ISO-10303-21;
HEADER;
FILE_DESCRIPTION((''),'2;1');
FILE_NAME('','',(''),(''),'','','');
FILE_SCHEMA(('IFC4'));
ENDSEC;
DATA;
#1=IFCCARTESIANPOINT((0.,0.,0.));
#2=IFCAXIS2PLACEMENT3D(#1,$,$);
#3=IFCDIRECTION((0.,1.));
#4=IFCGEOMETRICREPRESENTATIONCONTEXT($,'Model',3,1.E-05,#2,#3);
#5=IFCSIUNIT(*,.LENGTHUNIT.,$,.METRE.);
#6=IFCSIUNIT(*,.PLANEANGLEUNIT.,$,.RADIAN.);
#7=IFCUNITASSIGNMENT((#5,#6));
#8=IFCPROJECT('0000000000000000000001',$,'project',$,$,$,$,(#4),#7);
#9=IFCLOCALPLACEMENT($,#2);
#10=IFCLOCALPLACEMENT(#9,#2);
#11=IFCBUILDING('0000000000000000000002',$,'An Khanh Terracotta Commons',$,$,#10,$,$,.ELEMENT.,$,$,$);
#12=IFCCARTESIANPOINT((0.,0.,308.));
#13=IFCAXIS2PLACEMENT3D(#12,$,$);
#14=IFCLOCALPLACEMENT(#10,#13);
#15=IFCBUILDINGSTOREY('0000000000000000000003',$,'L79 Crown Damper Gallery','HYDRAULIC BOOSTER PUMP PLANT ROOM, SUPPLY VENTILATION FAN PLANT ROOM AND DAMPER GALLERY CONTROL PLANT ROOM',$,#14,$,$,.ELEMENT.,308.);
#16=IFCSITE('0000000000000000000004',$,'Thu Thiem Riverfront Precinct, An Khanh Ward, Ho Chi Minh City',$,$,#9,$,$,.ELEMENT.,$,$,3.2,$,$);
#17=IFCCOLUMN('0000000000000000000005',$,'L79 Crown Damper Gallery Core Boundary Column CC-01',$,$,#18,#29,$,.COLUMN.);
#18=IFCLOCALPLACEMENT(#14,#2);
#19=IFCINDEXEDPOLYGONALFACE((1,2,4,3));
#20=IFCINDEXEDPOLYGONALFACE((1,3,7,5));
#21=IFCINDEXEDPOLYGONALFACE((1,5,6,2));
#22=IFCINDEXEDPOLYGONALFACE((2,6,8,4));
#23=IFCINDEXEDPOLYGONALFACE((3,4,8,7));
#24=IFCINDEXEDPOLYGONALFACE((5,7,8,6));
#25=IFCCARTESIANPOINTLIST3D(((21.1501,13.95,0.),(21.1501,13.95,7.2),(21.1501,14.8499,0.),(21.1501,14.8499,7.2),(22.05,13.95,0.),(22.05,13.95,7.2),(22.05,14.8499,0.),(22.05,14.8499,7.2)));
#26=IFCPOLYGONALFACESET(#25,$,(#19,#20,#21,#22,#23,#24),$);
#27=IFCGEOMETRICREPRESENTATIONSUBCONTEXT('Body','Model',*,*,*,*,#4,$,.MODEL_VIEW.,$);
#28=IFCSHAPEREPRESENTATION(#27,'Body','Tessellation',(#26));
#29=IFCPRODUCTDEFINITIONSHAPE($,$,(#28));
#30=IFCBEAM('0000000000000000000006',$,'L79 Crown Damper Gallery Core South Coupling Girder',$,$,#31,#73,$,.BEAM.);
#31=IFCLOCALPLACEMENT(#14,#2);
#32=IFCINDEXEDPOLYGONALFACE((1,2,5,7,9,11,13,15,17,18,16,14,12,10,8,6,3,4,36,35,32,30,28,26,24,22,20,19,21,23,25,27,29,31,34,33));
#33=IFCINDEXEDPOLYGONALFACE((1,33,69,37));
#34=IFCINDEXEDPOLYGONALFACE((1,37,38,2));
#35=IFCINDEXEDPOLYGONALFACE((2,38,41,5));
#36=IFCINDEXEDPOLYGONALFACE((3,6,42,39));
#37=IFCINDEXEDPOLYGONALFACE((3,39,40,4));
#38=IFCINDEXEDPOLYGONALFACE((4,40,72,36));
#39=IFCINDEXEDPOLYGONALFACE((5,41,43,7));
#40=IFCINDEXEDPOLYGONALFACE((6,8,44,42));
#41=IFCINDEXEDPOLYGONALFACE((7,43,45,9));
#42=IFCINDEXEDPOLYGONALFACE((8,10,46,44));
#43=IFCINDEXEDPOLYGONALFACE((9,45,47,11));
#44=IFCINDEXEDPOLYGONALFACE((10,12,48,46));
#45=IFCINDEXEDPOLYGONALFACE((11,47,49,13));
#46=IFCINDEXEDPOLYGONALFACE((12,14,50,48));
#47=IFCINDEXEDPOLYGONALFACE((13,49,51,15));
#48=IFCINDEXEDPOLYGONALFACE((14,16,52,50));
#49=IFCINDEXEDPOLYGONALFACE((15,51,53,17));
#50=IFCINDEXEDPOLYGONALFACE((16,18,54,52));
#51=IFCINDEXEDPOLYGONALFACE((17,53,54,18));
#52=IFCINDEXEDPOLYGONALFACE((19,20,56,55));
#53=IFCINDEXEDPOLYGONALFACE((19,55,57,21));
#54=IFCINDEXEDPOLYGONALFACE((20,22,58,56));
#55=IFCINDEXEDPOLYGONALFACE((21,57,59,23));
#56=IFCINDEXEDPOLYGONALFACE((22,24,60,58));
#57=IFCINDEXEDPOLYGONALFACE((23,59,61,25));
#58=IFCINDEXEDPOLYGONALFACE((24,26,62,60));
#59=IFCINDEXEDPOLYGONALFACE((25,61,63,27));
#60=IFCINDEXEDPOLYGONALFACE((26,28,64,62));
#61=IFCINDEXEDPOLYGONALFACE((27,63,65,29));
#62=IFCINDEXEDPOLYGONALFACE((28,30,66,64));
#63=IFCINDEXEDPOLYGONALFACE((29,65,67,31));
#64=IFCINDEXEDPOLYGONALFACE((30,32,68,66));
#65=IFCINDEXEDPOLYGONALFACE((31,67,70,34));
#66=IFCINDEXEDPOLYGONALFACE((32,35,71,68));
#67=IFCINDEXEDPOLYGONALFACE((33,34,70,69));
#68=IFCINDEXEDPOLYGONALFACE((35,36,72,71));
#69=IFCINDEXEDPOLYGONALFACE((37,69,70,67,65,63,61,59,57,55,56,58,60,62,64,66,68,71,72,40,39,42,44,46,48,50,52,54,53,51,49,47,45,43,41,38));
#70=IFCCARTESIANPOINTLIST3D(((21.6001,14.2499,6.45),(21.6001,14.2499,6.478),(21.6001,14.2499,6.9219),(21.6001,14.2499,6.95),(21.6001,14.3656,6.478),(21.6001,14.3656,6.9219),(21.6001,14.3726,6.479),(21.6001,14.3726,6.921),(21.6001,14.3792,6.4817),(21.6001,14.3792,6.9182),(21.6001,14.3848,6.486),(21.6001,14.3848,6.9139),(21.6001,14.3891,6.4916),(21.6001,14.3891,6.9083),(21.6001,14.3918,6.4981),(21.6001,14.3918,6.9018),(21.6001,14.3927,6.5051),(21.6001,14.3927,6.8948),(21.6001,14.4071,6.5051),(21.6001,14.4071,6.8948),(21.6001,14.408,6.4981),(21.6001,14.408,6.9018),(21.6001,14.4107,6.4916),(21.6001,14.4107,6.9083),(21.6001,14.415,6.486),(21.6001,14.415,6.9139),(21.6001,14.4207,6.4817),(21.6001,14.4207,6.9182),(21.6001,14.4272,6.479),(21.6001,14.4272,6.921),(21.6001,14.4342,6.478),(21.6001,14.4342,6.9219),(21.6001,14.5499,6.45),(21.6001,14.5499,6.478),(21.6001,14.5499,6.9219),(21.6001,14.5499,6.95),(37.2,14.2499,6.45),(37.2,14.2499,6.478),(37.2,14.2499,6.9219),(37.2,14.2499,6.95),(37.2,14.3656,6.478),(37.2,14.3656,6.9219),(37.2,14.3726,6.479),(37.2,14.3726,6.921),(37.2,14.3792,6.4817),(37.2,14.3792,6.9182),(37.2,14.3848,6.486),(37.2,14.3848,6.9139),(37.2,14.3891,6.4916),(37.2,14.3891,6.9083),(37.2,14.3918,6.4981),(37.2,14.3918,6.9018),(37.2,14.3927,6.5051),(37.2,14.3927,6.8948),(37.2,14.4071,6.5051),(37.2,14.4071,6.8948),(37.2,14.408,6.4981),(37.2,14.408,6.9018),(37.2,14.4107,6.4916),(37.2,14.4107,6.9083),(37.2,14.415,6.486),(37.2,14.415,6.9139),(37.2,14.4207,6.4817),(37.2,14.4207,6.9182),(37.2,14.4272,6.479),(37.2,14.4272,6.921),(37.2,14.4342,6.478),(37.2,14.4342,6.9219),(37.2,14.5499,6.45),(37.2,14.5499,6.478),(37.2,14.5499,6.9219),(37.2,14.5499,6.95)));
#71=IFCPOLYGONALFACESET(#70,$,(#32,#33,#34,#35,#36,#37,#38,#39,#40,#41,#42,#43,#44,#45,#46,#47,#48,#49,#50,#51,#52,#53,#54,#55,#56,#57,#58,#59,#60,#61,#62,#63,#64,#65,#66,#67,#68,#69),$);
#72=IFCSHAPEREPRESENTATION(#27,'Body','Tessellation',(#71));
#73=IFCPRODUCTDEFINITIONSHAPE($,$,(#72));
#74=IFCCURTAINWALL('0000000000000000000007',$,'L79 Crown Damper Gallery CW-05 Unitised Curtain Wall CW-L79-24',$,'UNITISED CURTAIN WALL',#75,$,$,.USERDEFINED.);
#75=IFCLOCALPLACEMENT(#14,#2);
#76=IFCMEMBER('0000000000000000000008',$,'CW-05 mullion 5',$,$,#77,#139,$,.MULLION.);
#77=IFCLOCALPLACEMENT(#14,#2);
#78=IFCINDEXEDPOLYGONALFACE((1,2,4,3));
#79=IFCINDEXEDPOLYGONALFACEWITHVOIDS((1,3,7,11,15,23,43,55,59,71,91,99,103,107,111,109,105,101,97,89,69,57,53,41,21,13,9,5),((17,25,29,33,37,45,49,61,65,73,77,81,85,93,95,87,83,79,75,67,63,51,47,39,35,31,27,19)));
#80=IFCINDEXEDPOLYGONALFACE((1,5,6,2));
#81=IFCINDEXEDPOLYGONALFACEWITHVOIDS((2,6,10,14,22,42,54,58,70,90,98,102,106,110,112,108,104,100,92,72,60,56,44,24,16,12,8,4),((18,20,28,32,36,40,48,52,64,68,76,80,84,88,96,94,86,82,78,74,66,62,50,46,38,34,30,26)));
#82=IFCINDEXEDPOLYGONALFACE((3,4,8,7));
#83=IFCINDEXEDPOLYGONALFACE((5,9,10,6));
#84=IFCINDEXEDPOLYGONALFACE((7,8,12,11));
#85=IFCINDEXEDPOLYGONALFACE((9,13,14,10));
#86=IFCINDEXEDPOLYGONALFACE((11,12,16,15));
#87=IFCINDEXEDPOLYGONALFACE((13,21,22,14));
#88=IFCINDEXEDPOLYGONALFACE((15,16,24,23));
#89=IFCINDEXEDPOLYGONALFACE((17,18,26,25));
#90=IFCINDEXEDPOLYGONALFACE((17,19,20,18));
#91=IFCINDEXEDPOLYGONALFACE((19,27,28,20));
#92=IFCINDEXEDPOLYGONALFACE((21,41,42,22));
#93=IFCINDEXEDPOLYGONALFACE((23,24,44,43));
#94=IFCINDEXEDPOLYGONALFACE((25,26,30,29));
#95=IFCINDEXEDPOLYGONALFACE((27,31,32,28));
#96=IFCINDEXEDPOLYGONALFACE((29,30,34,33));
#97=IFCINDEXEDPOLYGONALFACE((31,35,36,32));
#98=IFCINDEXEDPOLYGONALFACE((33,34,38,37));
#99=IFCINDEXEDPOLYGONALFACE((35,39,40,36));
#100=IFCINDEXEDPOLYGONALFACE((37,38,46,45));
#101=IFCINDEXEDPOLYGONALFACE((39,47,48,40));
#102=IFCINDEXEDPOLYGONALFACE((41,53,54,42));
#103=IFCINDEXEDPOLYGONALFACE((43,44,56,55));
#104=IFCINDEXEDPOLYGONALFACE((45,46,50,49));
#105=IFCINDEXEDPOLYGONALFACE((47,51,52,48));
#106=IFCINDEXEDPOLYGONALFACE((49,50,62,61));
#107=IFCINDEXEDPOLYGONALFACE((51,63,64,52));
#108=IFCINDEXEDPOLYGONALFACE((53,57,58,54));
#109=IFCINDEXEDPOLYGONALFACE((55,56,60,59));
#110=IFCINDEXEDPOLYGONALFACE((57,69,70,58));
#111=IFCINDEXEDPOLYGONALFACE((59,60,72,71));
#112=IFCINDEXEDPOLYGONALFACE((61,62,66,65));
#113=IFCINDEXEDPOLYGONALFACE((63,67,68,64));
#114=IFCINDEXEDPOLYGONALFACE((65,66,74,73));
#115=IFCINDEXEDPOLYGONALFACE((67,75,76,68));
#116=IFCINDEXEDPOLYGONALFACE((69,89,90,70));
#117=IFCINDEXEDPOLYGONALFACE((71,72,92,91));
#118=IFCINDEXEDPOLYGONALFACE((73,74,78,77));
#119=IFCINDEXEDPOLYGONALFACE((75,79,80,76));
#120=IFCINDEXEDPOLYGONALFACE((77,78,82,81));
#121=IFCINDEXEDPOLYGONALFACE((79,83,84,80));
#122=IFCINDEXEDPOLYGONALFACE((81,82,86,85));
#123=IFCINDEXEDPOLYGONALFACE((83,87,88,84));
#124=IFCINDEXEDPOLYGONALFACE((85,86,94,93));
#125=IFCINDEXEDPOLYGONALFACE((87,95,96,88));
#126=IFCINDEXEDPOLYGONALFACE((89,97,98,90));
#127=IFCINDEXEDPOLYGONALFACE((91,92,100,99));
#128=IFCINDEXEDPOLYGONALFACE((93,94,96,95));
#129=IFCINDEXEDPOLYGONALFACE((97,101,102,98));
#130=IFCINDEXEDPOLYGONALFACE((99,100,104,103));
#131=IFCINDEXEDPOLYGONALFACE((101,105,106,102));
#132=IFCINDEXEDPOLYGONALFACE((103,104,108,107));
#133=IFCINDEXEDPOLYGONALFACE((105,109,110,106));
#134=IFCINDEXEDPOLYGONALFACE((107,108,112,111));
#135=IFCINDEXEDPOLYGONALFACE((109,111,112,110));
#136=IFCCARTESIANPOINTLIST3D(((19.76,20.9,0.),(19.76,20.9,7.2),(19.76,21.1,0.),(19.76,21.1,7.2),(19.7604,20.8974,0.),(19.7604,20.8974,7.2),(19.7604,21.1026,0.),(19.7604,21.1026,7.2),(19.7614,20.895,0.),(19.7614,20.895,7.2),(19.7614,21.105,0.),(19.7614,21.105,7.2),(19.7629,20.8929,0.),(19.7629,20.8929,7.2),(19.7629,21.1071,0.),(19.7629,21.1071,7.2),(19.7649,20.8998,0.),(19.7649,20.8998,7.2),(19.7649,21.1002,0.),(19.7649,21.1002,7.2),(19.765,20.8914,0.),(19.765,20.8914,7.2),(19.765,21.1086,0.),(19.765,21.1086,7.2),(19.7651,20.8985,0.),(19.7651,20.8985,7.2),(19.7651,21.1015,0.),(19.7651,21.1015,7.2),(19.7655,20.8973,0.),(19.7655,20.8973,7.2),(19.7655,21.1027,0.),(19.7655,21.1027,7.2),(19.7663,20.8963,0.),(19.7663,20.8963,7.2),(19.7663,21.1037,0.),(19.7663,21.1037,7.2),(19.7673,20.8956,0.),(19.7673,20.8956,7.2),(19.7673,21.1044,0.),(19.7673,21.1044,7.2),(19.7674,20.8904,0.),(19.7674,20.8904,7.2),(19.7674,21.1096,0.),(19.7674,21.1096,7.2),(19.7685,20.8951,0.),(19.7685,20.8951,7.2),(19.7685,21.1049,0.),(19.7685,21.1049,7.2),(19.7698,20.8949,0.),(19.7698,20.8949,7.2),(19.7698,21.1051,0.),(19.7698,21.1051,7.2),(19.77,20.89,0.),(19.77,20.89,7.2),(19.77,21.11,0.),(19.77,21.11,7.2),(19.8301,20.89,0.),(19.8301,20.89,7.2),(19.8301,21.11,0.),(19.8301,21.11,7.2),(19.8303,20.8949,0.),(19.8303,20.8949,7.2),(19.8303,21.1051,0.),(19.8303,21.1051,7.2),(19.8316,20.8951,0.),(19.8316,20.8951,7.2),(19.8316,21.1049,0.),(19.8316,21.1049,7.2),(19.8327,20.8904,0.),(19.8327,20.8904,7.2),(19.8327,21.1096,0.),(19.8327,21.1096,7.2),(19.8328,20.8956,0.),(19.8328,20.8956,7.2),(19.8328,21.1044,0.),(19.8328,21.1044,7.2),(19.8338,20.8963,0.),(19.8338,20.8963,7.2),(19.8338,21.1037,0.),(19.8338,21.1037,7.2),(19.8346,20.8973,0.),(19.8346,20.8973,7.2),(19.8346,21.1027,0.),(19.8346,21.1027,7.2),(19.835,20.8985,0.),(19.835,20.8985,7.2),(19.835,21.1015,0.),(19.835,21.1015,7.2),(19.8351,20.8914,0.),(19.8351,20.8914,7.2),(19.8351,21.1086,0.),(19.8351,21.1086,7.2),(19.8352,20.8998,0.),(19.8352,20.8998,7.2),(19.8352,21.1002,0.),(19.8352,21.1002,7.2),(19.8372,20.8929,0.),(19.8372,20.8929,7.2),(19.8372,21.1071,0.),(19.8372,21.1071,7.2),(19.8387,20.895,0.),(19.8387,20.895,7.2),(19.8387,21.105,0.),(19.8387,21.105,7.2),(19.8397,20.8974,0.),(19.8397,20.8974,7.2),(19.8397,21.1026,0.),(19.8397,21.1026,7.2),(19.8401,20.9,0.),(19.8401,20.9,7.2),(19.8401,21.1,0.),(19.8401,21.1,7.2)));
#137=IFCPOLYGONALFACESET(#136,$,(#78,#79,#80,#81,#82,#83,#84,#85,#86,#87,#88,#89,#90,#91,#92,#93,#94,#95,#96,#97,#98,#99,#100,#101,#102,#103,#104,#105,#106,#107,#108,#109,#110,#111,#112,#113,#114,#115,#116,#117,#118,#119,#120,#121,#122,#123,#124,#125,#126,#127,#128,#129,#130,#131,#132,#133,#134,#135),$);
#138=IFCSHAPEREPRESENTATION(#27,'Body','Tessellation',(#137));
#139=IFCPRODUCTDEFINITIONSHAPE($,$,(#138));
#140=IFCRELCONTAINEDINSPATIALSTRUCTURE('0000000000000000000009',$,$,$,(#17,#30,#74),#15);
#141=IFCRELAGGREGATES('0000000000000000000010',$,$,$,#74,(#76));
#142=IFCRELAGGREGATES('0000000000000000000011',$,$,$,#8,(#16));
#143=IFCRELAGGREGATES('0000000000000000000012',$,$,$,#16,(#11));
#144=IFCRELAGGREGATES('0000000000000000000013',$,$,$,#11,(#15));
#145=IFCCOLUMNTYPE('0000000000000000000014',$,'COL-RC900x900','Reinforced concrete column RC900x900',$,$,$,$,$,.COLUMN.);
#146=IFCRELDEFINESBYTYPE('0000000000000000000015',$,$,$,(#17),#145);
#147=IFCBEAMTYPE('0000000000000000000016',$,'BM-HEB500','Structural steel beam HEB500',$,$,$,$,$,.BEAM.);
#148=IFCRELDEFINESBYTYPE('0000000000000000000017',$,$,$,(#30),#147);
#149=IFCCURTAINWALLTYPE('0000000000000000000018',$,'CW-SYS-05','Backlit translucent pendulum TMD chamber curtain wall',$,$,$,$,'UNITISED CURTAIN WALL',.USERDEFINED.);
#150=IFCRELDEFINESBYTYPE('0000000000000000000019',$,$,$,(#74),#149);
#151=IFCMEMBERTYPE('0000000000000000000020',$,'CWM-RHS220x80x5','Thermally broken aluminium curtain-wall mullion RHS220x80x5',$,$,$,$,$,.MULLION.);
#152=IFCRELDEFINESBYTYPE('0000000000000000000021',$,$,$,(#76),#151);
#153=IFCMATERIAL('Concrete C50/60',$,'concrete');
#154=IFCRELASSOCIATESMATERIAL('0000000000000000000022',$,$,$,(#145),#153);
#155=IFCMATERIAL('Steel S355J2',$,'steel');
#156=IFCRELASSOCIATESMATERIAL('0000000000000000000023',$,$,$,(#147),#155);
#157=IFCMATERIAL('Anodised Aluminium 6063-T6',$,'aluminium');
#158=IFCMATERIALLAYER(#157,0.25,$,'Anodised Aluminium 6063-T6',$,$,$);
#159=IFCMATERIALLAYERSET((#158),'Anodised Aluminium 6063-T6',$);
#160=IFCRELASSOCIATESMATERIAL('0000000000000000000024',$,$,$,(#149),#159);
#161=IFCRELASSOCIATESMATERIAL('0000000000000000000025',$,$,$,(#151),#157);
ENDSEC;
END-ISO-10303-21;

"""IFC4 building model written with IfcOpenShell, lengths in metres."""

from ifc_helpers import new_model, si_unit, direction, frame, origin, origin_2d, place, context, subcontext, project, spatial, rectangle, hollow_rectangle, i_section, extrude, material, layer, layer_set, material_profile, profile_set, type_object, element, aggregate, save


model = new_model("IFC4")

# Units and contexts
model_context = context("Model", 3, precision=1e-05, world=origin(), true_north=direction((0.0, 1.0)))
body_context = subcontext(model_context, "Body", "Model", "MODEL_VIEW")
ifc_project = project(units=[si_unit("LENGTHUNIT", "METRE"), si_unit("PLANEANGLEUNIT", "RADIAN")], contexts=[model_context])

# Site, building, storey
site_placement = place(None, origin())
site = spatial("IfcSite", under=ifc_project, at=site_placement, Name="Thu Thiem Riverfront Precinct, An Khanh Ward, Ho Chi Minh City", CompositionType="ELEMENT", RefElevation=3.2)
building_placement = place(site_placement, origin())
building = spatial("IfcBuilding", under=site, at=building_placement, Name="An Khanh Terracotta Commons", CompositionType="ELEMENT")
storey_placement = place(building_placement, frame((0.0, 0.0, 308.0)))
storey = spatial("IfcBuildingStorey", under=building, at=storey_placement, Name="L79 Crown Damper Gallery", Description="HYDRAULIC BOOSTER PUMP PLANT ROOM, SUPPLY VENTILATION FAN PLANT ROOM AND DAMPER GALLERY CONTROL PLANT ROOM", CompositionType="ELEMENT", Elevation=308.0)

# Column
ifc_material_1 = material(Name="Concrete C50/60", Category="concrete")
ifc_material_profile_1 = material_profile(ifc_material_1, rectangle(XDim=0.8999, YDim=0.8999, at=origin_2d()), Name="RC900x900")
ifc_profile_set_1 = profile_set([ifc_material_profile_1], Name="Concrete C50/60")
column_type = type_object("IfcColumnType", Name="COL-RC900x900", Description="Reinforced concrete column RC900x900", PredefinedType="COLUMN", material=ifc_profile_set_1)
column_placement = place(storey_placement, frame((21.6001, 14.3999, 0.0), z_axis=(0.0, 0.0, 1.0), x_axis=(1.0, 0.0, 0.0)))
element("IfcColumn", 1, at=column_placement, inside=storey, type_object=column_type, Name="L79 Crown Damper Gallery Core Boundary Column CC-01", PredefinedType="COLUMN", context=body_context, shape_type="SweptSolid", body=[
    extrude(rectangle(XDim=0.8999, YDim=0.8999, at=origin_2d()), origin(), (0.0, 0.0, 1.0), 7.2),
])

# Beam
ifc_material_2 = material(Name="Steel S355J2", Category="steel")
ifc_material_profile_2 = material_profile(ifc_material_2, i_section(OverallWidth=0.3, OverallDepth=0.5, WebThickness=0.0144, FlangeThickness=0.0281, FilletRadius=0.0271, at=origin_2d()), Name="HEB500")
ifc_profile_set_2 = profile_set([ifc_material_profile_2], Name="Steel S355J2")
beam_type = type_object("IfcBeamType", Name="BM-HEB500", Description="Structural steel beam HEB500", PredefinedType="BEAM", material=ifc_profile_set_2)
beam_placement = place(storey_placement, frame((21.6001, 14.3999, 6.7), z_axis=(1.0, 0.0, 0.0), x_axis=(0.0, 1.0, 0.0)))
element("IfcBeam", 2, at=beam_placement, inside=storey, type_object=beam_type, Name="L79 Crown Damper Gallery Core South Coupling Girder", PredefinedType="BEAM", context=body_context, shape_type="SweptSolid", body=[
    extrude(i_section(OverallWidth=0.3, OverallDepth=0.5, WebThickness=0.0144, FlangeThickness=0.0281, FilletRadius=0.0271, at=origin_2d()), origin(), (0.0, 0.0, 1.0), 15.5999),
])

# Curtain wall, member
ifc_material_3 = material(Name="Anodised Aluminium 6063-T6", Category="aluminium")
ifc_layer_1 = layer(ifc_material_3, 0.25, Name="Anodised Aluminium 6063-T6")
ifc_layer_set_1 = layer_set([ifc_layer_1], Name="Anodised Aluminium 6063-T6")
curtain_wall_type = type_object("IfcCurtainWallType", Name="CW-SYS-05", Description="Backlit translucent pendulum TMD chamber curtain wall", ElementType="UNITISED CURTAIN WALL", PredefinedType="USERDEFINED", material=ifc_layer_set_1)
curtain_wall_placement = place(storey_placement, origin())
curtain_wall = element("IfcCurtainWall", 3, at=curtain_wall_placement, inside=storey, type_object=curtain_wall_type, Name="L79 Crown Damper Gallery CW-05 Unitised Curtain Wall CW-L79-24", ObjectType="UNITISED CURTAIN WALL", PredefinedType="USERDEFINED")
ifc_material_profile_3 = material_profile(ifc_material_3, hollow_rectangle(XDim=0.0801, YDim=0.22, WallThickness=0.0049, InnerFilletRadius=0.0049, OuterFilletRadius=0.01, at=origin_2d()), Name="RHS220x80x5")
ifc_profile_set_3 = profile_set([ifc_material_profile_3], Name="Anodised Aluminium 6063-T6")
member_type_1 = type_object("IfcMemberType", Name="CWM-RHS220x80x5", Description="Thermally broken aluminium curtain-wall mullion RHS220x80x5", PredefinedType="MULLION", material=ifc_profile_set_3)
member_1_placement = place(storey_placement, frame((19.8, 21.0, 0.0), z_axis=(0.0, 0.0, 1.0), x_axis=(1.0, 0.0, 0.0)))
member_1 = element("IfcMember", 4, at=member_1_placement, type_object=member_type_1, Name="CW-05 mullion 5", PredefinedType="MULLION", context=body_context, shape_type="SweptSolid", body=[
    extrude(hollow_rectangle(XDim=0.0801, YDim=0.22, WallThickness=0.0049, InnerFilletRadius=0.0049, OuterFilletRadius=0.01, at=origin_2d()), origin(), (0.0, 0.0, 1.0), 7.2),
])
aggregate(curtain_wall, [member_1])

save(model, "model.ifc")
